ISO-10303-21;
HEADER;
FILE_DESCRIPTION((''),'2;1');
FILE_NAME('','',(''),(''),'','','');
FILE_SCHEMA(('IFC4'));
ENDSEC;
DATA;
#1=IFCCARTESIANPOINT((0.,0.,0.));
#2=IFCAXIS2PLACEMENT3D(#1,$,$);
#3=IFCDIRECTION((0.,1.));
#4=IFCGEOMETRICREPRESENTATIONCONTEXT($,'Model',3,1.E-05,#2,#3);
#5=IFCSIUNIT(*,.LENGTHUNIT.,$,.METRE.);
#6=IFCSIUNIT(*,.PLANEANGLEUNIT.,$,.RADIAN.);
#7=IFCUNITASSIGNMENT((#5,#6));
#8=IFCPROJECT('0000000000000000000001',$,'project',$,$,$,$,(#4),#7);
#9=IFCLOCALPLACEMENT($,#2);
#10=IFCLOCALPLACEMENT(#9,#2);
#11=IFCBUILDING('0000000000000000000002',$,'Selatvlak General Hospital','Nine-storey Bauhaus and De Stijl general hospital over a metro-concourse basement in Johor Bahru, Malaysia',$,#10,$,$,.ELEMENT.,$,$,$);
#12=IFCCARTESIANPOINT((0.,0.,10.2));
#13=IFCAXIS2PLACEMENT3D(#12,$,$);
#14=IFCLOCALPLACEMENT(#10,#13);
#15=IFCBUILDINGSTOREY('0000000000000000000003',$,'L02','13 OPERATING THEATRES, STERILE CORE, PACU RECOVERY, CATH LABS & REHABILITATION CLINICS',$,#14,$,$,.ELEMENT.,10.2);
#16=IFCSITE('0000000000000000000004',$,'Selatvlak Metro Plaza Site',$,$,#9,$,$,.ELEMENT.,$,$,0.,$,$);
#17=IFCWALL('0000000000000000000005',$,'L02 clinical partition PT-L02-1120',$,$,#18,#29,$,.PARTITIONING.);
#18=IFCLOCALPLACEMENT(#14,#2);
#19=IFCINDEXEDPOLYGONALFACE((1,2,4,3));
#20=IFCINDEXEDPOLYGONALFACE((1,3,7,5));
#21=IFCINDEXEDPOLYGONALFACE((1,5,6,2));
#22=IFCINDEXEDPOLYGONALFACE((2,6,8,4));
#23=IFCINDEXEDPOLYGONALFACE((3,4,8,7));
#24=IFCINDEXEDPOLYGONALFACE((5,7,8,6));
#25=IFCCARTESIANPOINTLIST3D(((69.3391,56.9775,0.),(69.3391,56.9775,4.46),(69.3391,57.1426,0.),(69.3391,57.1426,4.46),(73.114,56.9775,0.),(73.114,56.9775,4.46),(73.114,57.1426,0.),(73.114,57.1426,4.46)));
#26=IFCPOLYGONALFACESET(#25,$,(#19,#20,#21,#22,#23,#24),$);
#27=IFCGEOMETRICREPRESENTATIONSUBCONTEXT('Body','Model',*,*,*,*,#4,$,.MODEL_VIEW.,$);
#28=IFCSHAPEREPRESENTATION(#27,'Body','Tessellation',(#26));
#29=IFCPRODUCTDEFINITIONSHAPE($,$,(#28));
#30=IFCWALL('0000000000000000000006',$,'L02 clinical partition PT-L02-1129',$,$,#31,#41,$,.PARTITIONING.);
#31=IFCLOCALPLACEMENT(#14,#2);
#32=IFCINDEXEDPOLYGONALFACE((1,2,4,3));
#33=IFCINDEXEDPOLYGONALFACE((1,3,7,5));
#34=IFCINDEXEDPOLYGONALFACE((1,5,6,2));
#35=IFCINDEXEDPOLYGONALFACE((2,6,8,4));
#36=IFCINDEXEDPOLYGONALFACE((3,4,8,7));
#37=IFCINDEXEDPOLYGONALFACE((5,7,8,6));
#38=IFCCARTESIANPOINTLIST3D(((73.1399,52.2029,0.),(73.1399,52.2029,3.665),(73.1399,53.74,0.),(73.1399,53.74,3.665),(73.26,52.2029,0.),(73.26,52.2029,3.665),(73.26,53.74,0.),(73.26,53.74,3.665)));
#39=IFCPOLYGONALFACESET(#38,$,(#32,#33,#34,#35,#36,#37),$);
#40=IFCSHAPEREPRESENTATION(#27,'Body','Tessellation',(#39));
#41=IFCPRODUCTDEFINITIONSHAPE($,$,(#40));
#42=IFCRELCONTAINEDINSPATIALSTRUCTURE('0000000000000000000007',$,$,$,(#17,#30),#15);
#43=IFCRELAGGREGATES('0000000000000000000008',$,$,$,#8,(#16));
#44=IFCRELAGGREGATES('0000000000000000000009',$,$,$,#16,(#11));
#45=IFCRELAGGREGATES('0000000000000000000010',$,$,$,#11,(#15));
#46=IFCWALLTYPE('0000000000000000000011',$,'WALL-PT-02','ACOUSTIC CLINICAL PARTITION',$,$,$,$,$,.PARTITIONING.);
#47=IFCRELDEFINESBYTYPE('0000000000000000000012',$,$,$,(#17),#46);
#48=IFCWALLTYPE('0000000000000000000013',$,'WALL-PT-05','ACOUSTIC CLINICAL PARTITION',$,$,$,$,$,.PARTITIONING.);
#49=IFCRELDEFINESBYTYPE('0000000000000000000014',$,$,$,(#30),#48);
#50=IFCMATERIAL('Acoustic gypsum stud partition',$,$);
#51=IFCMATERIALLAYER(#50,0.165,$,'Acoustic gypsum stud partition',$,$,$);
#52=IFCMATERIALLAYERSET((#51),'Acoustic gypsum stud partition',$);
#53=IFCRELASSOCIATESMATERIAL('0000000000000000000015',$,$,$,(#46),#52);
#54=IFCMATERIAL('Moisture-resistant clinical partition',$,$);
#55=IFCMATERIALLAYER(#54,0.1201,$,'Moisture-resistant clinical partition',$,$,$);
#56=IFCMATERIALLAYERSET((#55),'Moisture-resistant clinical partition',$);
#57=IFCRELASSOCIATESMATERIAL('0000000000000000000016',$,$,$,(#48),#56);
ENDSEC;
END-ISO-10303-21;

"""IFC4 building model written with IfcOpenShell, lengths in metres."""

from ifc_helpers import new_model, si_unit, direction, frame, frame_2d, origin, place, context, subcontext, project, spatial, rectangle, extrude, material, layer, layer_set, type_object, element, save


model = new_model("IFC4")

# Units and contexts
model_context = context("Model", 3, precision=1e-05, world=origin(), true_north=direction((0.0, 1.0)))
body_context = subcontext(model_context, "Body", "Model", "MODEL_VIEW")
ifc_project = project(units=[si_unit("LENGTHUNIT", "METRE"), si_unit("PLANEANGLEUNIT", "RADIAN")], contexts=[model_context])

# Site, building, storey
site_placement = place(None, origin())
site = spatial("IfcSite", under=ifc_project, at=site_placement, Name="Selatvlak Metro Plaza Site", CompositionType="ELEMENT", RefElevation=0.0)
building_placement = place(site_placement, origin())
building = spatial("IfcBuilding", under=site, at=building_placement, Name="Selatvlak General Hospital", Description="Nine-storey Bauhaus and De Stijl general hospital over a metro-concourse basement in Johor Bahru, Malaysia", CompositionType="ELEMENT")
storey_placement = place(building_placement, frame((0.0, 0.0, 10.2)))
storey = spatial("IfcBuildingStorey", under=building, at=storey_placement, Name="L02", Description="13 OPERATING THEATRES, STERILE CORE, PACU RECOVERY, CATH LABS & REHABILITATION CLINICS", CompositionType="ELEMENT", Elevation=10.2)

# Shared definitions
ifc_material_1 = material(Name="Acoustic gypsum stud partition")

# Shared definitions
ifc_layer_1 = layer(ifc_material_1, 0.165, Name="Acoustic gypsum stud partition")
ifc_layer_set_1 = layer_set([ifc_layer_1], Name="Acoustic gypsum stud partition")
wall_type_1 = type_object("IfcWallType", Name="WALL-PT-02", Description="ACOUSTIC CLINICAL PARTITION", PredefinedType="PARTITIONING", material=ifc_layer_set_1)

# Walls
wall_1_placement = place(storey_placement, frame((73.114, 57.0601, 0.0), z_axis=(0.0, 0.0, 1.0), x_axis=(-1.0, 0.0, 0.0)))
element("IfcWall", 1, at=wall_1_placement, inside=storey, type_object=wall_type_1, Name="L02 clinical partition PT-L02-1120", PredefinedType="PARTITIONING", context=body_context, shape_type="SweptSolid", body=[
    extrude(rectangle(XDim=3.7749, YDim=0.165, at=frame_2d((1.8875, 0.0))), origin(), (0.0, 0.0, 1.0), 4.46),
])
ifc_material_2 = material(Name="Moisture-resistant clinical partition")
ifc_layer_2 = layer(ifc_material_2, 0.1201, Name="Moisture-resistant clinical partition")
ifc_layer_set_2 = layer_set([ifc_layer_2], Name="Moisture-resistant clinical partition")
wall_type_2 = type_object("IfcWallType", Name="WALL-PT-05", Description="ACOUSTIC CLINICAL PARTITION", PredefinedType="PARTITIONING", material=ifc_layer_set_2)
wall_2_placement = place(storey_placement, frame((73.2, 52.2029, 0.0), z_axis=(0.0, 0.0, 1.0), x_axis=(0.0, 1.0, 0.0)))
element("IfcWall", 2, at=wall_2_placement, inside=storey, type_object=wall_type_2, Name="L02 clinical partition PT-L02-1129", PredefinedType="PARTITIONING", context=body_context, shape_type="SweptSolid", body=[
    extrude(rectangle(XDim=1.5371, YDim=0.1201, at=frame_2d((0.7686, 0.0))), origin(), (0.0, 0.0, 1.0), 3.665),
])

save(model, "model.ifc")
